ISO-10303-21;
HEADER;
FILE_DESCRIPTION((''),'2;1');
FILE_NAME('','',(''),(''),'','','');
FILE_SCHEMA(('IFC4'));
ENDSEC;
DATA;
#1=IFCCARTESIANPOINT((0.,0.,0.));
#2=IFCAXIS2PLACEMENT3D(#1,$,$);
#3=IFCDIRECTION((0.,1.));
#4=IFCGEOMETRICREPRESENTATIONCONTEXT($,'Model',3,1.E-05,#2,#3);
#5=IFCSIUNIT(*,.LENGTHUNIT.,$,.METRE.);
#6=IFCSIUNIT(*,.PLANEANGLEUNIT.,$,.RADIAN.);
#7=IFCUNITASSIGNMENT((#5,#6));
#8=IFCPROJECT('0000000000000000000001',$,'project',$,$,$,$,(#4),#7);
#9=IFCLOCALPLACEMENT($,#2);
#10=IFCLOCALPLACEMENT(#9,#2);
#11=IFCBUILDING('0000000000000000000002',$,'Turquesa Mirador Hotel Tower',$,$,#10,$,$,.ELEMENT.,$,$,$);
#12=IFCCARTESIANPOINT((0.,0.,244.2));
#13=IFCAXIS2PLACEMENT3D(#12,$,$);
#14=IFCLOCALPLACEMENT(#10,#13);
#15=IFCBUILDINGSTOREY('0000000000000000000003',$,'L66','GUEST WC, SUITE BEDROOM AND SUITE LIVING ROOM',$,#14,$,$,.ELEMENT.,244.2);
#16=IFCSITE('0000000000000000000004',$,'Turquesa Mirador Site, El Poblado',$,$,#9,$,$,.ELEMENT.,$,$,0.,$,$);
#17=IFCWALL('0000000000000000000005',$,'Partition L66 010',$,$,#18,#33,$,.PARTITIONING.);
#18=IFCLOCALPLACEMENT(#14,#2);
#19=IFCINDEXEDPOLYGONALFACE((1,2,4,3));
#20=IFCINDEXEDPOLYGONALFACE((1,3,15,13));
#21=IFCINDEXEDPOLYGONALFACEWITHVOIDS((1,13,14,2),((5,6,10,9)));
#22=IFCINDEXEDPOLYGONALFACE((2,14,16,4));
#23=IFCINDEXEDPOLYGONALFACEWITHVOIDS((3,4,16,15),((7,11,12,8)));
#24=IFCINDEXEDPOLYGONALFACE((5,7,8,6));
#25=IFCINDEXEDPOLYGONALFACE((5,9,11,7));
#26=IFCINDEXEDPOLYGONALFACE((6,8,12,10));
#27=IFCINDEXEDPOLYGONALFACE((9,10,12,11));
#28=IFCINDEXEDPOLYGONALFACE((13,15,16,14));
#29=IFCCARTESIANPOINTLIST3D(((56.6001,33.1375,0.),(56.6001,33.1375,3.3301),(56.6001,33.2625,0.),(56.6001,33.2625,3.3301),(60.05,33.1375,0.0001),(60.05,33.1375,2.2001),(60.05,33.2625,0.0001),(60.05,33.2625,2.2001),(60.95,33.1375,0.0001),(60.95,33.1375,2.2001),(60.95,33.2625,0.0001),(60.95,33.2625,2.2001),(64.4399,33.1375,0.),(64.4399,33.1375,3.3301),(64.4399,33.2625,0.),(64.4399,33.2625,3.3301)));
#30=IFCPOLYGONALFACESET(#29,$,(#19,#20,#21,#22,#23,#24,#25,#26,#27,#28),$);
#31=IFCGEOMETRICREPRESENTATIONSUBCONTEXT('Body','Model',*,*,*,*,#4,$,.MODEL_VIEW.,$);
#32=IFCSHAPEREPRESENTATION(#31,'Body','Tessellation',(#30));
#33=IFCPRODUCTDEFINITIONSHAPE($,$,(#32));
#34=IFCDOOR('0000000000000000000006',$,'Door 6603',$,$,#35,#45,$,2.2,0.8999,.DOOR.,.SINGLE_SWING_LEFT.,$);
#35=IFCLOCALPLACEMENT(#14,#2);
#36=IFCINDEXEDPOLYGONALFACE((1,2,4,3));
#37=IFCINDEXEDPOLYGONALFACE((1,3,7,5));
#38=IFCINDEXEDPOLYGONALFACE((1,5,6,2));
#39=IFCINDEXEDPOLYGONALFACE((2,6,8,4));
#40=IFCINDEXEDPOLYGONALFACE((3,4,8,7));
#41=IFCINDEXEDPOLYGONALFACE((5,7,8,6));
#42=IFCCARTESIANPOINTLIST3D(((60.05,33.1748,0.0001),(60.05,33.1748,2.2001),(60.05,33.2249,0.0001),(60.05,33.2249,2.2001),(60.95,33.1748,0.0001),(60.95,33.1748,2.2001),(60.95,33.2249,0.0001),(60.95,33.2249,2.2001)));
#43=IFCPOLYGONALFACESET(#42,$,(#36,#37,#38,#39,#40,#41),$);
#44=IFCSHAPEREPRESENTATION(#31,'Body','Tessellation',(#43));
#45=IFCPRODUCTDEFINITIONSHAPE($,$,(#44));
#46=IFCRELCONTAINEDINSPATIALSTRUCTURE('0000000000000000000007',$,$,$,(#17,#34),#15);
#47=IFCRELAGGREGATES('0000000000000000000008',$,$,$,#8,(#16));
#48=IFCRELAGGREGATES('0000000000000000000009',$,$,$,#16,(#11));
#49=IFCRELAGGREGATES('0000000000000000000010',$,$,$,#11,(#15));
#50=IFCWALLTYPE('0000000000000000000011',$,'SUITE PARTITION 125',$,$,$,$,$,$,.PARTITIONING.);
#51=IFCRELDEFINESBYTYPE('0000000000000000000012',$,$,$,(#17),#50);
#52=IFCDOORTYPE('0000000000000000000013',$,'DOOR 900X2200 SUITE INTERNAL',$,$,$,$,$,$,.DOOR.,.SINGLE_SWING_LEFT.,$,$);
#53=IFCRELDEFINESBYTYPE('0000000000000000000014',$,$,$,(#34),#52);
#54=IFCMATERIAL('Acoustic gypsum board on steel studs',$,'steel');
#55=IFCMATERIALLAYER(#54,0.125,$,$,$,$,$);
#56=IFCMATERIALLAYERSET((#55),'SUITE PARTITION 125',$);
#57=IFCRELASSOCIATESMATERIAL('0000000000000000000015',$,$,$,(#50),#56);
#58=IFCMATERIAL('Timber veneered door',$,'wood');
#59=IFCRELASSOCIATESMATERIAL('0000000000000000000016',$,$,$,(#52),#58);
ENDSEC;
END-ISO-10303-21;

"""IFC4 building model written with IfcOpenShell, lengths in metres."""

from ifc_helpers import new_model, si_unit, direction, frame, frame_2d, origin, place, context, subcontext, project, spatial, rectangle, extrude, material, layer, layer_set, type_object, element, fill, save


model = new_model("IFC4")

# Units and contexts
model_context = context("Model", 3, precision=1e-05, world=origin(), true_north=direction((0.0, 1.0)))
body_context = subcontext(model_context, "Body", "Model", "MODEL_VIEW")
ifc_project = project(units=[si_unit("LENGTHUNIT", "METRE"), si_unit("PLANEANGLEUNIT", "RADIAN")], contexts=[model_context])

# Site, building, storey
site_placement = place(None, origin())
site = spatial("IfcSite", under=ifc_project, at=site_placement, Name="Turquesa Mirador Site, El Poblado", CompositionType="ELEMENT", RefElevation=0.0)
building_placement = place(site_placement, origin())
building = spatial("IfcBuilding", under=site, at=building_placement, Name="Turquesa Mirador Hotel Tower", CompositionType="ELEMENT")
storey_placement = place(building_placement, frame((0.0, 0.0, 244.2)))
storey = spatial("IfcBuildingStorey", under=building, at=storey_placement, Name="L66", Description="GUEST WC, SUITE BEDROOM AND SUITE LIVING ROOM", CompositionType="ELEMENT", Elevation=244.2)

# Wall, opening, door
ifc_material_1 = material(Name="Acoustic gypsum board on steel studs", Category="steel")
ifc_layer_1 = layer(ifc_material_1, 0.125)
ifc_layer_set_1 = layer_set([ifc_layer_1], Name="SUITE PARTITION 125")
wall_type_1 = type_object("IfcWallType", Name="SUITE PARTITION 125", PredefinedType="PARTITIONING", material=ifc_layer_set_1)
wall_1_placement = place(storey_placement, frame((56.6001, 33.2, 0.0), z_axis=(0.0, 0.0, 1.0), x_axis=(1.0, 0.0, 0.0)))
wall_1 = element("IfcWall", 1, at=wall_1_placement, inside=storey, type_object=wall_type_1, Name="Partition L66 010", PredefinedType="PARTITIONING", context=body_context, shape_type="SweptSolid", body=[
    extrude(rectangle(XDim=7.8398, YDim=0.125, at=frame_2d((3.9199, 0.0))), origin(), (0.0, 0.0, 1.0), 3.3301),
])
opening_1_placement = place(wall_1_placement, frame((3.45, 0.0, 0.0)))
opening_1 = element("IfcOpeningElement", 2, at=opening_1_placement, cuts=wall_1, PredefinedType="OPENING", context=body_context, shape_type="SweptSolid", body=[
    extrude(rectangle(XDim=0.8999, YDim=2.2, at=frame_2d((0.45, 1.1001))), frame((0.0, 0.0725, 0.0), z_axis=(0.0, -1.0, 0.0), x_axis=(1.0, 0.0, 0.0)), (0.0, 0.0, 1.0), 0.145),
])
ifc_material_2 = material(Name="Timber veneered door", Category="wood")
door_type_1 = type_object("IfcDoorType", Name="DOOR 900X2200 SUITE INTERNAL", OperationType="SINGLE_SWING_LEFT", PredefinedType="DOOR", material=ifc_material_2)
door_1_placement = place(opening_1_placement, origin())
door_1 = element("IfcDoor", 3, at=door_1_placement, inside=storey, type_object=door_type_1, Name="Door 6603", OperationType="SINGLE_SWING_LEFT", OverallHeight=2.2, OverallWidth=0.8999, PredefinedType="DOOR", context=body_context, shape_type="SweptSolid", body=[
    extrude(rectangle(XDim=0.8999, YDim=2.2, at=frame_2d((0.45, 1.1001))), frame((0.0, 0.0249, 0.0), z_axis=(0.0, -1.0, 0.0), x_axis=(1.0, 0.0, 0.0)), (0.0, 0.0, 1.0), 0.05),
])
fill(opening_1, door_1)

save(model, "model.ifc")
